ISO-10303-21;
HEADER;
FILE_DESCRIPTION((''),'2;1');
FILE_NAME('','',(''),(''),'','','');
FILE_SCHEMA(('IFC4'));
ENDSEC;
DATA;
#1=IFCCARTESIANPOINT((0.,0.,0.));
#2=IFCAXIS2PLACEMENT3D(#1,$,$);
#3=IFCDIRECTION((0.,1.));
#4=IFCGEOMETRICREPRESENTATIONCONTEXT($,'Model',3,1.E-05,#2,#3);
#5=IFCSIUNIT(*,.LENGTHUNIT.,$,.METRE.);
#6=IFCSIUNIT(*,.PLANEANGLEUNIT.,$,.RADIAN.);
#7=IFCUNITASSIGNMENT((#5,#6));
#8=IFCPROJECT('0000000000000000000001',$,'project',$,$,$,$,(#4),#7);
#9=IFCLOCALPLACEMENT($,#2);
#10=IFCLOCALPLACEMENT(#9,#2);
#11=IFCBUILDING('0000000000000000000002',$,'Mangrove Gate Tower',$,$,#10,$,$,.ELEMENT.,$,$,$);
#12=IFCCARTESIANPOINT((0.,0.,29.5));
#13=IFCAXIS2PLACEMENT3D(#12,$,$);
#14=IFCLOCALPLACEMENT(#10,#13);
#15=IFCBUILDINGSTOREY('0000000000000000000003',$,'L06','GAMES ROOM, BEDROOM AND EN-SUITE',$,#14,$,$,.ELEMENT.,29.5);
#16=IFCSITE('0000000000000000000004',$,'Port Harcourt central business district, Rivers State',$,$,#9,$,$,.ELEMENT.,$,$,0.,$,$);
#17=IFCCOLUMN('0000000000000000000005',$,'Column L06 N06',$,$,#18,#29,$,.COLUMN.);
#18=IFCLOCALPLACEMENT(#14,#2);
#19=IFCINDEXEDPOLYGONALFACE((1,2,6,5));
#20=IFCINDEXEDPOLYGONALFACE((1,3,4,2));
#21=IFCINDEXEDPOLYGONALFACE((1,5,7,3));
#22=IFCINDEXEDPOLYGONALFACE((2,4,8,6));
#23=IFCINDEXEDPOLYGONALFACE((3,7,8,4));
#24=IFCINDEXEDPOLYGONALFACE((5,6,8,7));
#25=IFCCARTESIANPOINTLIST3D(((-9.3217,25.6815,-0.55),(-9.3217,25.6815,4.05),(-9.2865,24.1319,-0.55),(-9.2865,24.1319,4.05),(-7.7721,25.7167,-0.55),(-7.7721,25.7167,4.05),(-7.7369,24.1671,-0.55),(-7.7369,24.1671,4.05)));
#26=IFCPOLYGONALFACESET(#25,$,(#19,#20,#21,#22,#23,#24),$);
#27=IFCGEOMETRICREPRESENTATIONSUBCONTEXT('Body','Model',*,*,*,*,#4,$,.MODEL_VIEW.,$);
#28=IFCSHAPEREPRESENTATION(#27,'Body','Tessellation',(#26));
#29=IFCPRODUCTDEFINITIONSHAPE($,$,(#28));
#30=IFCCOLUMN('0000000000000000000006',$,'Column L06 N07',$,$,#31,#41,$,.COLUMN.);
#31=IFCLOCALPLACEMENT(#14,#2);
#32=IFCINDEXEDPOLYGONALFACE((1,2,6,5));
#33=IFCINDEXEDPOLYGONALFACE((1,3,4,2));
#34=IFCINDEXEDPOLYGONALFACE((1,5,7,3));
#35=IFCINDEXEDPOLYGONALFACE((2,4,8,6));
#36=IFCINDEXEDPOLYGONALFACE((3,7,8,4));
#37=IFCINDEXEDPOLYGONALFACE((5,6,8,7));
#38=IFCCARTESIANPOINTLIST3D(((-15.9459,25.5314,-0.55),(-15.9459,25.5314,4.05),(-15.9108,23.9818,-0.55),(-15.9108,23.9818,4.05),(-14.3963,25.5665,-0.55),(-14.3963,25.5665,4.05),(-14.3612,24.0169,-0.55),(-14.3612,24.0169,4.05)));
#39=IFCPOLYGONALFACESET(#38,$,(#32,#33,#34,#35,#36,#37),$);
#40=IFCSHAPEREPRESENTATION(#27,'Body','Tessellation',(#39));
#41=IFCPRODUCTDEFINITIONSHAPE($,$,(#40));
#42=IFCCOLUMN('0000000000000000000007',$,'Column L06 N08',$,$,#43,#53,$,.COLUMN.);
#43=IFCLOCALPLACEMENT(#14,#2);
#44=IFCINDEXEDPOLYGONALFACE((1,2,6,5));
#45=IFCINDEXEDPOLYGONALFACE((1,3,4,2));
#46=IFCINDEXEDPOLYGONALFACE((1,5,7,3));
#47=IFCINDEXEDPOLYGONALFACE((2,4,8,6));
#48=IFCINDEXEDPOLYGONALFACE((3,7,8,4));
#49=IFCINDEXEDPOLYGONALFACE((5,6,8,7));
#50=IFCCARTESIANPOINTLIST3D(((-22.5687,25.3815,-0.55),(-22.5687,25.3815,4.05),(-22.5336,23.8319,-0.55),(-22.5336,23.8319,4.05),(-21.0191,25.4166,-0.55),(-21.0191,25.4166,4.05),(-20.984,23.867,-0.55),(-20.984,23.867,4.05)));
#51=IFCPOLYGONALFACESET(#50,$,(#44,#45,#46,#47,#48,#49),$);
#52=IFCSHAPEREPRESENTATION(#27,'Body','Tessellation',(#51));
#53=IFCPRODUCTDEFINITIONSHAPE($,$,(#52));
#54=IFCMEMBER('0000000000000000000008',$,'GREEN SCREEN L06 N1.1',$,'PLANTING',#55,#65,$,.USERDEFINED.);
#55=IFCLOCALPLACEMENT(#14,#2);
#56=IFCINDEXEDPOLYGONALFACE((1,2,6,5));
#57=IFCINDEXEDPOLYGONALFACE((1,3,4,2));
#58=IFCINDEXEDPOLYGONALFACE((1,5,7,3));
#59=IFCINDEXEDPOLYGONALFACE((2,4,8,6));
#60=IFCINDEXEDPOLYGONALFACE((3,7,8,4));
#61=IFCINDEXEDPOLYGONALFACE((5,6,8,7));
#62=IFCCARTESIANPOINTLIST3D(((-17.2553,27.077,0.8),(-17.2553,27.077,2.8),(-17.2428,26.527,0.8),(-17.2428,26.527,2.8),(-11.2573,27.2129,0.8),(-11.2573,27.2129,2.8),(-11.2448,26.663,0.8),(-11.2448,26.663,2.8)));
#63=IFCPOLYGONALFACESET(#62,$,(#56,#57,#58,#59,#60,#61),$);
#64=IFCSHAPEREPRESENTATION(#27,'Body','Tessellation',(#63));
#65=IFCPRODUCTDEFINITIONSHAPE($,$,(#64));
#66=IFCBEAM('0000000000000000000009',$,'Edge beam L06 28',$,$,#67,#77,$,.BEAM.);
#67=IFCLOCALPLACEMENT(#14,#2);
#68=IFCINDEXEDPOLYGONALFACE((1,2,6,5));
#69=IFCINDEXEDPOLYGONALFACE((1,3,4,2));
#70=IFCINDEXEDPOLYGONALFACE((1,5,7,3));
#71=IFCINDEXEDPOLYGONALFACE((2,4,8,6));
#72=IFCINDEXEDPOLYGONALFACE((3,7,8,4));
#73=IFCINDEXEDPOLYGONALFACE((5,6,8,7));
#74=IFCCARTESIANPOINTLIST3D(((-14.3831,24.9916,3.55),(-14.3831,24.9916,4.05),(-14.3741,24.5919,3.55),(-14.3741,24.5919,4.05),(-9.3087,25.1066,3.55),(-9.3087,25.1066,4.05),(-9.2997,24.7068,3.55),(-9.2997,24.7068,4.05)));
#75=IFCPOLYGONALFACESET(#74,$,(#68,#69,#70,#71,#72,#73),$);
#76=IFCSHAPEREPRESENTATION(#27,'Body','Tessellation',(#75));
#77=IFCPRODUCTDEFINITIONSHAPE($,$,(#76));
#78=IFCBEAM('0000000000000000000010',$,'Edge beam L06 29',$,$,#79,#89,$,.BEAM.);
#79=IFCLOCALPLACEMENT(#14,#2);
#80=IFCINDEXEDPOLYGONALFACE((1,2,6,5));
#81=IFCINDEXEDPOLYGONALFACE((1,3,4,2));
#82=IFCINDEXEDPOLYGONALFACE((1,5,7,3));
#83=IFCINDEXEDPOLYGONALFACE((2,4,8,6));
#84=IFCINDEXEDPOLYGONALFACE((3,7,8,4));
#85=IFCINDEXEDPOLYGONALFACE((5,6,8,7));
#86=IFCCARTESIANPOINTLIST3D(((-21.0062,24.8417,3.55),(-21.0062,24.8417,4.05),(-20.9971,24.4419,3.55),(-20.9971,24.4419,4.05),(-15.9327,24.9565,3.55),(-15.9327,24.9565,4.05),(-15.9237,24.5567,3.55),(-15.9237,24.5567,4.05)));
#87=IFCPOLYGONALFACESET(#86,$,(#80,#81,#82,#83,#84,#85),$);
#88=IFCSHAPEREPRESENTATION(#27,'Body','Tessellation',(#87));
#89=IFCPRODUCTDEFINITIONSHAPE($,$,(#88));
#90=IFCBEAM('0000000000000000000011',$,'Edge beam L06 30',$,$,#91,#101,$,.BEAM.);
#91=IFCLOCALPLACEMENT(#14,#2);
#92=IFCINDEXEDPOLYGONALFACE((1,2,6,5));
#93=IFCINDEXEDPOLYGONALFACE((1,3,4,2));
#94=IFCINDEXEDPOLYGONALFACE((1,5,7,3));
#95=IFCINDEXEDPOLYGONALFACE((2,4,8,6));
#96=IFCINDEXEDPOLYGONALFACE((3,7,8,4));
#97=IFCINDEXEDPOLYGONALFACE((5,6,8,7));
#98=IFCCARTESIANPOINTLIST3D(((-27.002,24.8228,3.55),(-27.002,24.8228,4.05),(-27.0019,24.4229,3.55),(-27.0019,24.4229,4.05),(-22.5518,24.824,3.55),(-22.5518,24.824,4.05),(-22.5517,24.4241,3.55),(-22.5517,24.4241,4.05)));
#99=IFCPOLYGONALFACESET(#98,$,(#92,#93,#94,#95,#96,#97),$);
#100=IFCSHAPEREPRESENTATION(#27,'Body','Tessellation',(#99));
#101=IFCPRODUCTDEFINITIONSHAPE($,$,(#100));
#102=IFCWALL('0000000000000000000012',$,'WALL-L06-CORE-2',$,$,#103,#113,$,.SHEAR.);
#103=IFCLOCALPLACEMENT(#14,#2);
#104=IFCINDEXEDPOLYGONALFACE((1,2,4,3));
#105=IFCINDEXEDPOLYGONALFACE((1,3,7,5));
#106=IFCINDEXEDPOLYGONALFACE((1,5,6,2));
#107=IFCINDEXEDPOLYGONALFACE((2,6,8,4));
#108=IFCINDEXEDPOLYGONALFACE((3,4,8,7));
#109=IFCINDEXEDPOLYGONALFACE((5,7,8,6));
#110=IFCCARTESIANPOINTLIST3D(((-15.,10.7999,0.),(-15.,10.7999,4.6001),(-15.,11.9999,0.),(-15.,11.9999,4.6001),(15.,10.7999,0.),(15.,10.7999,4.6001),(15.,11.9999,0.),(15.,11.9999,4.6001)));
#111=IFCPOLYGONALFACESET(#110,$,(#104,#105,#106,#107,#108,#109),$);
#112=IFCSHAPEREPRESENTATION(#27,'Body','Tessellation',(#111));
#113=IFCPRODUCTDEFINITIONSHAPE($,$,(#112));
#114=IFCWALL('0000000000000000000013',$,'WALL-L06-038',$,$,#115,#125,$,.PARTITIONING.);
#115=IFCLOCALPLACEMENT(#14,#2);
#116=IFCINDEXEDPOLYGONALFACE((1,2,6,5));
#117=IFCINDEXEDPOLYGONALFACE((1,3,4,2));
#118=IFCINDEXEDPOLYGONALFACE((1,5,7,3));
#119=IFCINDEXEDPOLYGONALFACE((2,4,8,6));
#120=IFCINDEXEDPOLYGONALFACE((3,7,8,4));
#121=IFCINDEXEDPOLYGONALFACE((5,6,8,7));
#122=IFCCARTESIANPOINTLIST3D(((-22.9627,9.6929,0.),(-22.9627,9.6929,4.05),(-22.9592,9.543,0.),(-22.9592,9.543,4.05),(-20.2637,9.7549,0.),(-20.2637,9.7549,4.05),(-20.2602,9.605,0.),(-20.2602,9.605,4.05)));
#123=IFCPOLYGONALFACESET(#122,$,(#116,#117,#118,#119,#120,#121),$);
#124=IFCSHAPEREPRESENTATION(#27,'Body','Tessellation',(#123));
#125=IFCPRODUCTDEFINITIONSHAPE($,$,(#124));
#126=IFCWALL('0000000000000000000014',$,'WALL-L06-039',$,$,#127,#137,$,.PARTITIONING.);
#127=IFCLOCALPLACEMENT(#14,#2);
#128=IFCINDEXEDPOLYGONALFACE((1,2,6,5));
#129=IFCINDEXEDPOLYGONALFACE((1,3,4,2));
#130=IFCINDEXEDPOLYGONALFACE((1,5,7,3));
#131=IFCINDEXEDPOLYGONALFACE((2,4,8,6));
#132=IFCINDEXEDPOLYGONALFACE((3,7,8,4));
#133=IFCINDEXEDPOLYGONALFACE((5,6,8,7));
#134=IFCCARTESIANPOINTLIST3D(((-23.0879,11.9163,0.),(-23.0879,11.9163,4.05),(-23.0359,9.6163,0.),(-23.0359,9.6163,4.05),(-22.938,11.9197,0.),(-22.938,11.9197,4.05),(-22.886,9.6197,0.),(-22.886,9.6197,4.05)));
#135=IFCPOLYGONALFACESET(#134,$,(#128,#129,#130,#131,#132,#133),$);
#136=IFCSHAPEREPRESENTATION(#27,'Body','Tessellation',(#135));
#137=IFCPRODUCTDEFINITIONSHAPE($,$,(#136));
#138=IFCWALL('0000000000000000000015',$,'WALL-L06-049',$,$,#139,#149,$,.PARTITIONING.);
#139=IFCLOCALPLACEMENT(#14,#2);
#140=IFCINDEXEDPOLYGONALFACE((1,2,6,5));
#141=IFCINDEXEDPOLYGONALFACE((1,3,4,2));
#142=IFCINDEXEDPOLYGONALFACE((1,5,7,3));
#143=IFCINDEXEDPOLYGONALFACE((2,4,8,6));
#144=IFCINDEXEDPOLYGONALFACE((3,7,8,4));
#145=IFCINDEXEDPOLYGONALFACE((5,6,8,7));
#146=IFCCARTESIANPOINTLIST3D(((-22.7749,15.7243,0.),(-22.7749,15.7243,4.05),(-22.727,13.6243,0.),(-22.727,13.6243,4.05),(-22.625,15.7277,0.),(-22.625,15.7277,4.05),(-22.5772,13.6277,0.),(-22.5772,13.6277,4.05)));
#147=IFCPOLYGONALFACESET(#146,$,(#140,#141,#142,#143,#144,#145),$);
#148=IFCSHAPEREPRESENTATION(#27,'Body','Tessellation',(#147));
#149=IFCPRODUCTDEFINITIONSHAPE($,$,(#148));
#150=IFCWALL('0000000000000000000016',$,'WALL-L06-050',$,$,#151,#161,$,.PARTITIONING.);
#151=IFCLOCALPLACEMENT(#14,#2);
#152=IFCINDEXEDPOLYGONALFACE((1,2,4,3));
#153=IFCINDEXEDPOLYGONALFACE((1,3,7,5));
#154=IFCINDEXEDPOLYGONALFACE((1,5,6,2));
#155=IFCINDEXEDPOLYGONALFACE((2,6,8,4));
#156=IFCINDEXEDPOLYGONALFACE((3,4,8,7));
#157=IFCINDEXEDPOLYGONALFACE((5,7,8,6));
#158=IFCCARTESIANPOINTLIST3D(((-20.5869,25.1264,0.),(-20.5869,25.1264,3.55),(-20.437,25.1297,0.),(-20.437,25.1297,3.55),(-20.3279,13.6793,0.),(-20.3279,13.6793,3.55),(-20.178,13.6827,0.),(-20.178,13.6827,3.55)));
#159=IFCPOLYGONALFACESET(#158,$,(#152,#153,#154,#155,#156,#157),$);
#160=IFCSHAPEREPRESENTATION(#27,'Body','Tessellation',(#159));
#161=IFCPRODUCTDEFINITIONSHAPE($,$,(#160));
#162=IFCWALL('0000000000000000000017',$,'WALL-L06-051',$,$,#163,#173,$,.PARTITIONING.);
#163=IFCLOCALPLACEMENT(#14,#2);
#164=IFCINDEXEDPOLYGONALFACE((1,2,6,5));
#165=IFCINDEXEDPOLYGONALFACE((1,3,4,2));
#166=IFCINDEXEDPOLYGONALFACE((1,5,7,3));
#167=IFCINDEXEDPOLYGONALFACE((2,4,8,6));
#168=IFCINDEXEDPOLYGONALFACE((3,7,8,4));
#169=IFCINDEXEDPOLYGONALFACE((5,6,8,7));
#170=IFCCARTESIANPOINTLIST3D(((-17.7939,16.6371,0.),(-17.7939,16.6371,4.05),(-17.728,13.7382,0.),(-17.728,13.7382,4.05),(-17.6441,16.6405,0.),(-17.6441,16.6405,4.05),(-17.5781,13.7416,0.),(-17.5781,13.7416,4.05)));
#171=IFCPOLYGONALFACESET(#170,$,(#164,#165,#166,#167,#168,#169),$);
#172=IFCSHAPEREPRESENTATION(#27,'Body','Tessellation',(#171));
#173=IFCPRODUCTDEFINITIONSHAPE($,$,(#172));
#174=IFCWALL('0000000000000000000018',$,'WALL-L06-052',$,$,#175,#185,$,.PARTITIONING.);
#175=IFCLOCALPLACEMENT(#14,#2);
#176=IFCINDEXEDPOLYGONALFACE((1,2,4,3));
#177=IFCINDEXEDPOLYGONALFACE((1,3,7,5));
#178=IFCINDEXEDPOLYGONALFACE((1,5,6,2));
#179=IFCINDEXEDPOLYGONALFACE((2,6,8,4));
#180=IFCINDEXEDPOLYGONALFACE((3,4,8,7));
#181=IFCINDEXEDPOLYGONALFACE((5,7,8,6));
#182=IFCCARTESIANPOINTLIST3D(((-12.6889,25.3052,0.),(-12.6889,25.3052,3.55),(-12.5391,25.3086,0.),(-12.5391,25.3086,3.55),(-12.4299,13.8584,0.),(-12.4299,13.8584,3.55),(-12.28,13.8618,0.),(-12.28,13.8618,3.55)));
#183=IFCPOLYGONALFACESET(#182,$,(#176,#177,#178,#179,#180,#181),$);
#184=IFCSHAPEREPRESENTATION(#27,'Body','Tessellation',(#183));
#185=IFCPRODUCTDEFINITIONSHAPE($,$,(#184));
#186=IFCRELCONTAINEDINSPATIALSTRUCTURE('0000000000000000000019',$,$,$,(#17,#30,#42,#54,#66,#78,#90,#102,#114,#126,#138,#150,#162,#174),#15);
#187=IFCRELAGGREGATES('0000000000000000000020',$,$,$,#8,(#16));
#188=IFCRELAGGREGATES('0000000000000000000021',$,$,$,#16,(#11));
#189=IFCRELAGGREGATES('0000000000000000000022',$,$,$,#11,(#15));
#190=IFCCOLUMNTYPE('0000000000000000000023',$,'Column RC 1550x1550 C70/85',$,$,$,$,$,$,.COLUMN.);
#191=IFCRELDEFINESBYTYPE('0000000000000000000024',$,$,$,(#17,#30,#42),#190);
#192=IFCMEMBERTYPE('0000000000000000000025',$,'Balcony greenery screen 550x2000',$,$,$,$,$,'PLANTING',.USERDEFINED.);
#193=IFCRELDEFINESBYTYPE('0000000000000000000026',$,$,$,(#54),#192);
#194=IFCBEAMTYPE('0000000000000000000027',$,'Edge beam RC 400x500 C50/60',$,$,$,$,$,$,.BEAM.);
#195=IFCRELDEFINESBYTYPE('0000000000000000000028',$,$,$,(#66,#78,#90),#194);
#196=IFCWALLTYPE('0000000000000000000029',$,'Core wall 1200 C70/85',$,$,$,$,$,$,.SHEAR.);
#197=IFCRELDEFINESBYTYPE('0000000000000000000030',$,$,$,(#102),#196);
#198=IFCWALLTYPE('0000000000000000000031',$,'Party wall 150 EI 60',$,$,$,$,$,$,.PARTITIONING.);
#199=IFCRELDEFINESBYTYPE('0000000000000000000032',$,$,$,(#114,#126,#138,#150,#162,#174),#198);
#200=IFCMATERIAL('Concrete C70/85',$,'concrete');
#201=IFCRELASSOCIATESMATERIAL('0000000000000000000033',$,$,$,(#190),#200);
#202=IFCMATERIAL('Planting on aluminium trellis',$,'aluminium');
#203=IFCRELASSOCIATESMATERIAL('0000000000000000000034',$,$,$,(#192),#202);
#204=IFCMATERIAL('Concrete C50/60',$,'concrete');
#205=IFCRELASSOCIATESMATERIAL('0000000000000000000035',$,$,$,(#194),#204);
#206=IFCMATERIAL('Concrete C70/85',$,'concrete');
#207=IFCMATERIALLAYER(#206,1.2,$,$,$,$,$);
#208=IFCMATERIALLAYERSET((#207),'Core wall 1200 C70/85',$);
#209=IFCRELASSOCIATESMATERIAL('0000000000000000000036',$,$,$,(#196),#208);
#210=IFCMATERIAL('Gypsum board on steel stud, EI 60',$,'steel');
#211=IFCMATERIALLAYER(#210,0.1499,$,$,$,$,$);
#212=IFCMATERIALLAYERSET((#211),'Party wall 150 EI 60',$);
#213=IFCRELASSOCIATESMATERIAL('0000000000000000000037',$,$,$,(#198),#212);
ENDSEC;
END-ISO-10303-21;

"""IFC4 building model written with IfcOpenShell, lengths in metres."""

from ifc_helpers import new_model, si_unit, direction, frame, frame_2d, origin, origin_2d, place, context, subcontext, project, spatial, rectangle, extrude, material, layer, layer_set, material_profile, profile_set, type_object, element, save


model = new_model("IFC4")

# Units and contexts
model_context = context("Model", 3, precision=1e-05, world=origin(), true_north=direction((0.0, 1.0)))
body_context = subcontext(model_context, "Body", "Model", "MODEL_VIEW")
ifc_project = project(units=[si_unit("LENGTHUNIT", "METRE"), si_unit("PLANEANGLEUNIT", "RADIAN")], contexts=[model_context])

# Site, building, storey
site_placement = place(None, origin())
site = spatial("IfcSite", under=ifc_project, at=site_placement, Name="Port Harcourt central business district, Rivers State", CompositionType="ELEMENT", RefElevation=0.0)
building_placement = place(site_placement, origin())
building = spatial("IfcBuilding", under=site, at=building_placement, Name="Mangrove Gate Tower", CompositionType="ELEMENT")
storey_placement = place(building_placement, frame((0.0, 0.0, 29.5)))
storey = spatial("IfcBuildingStorey", under=building, at=storey_placement, Name="L06", Description="GAMES ROOM, BEDROOM AND EN-SUITE", CompositionType="ELEMENT", Elevation=29.5)

# Columns
ifc_material_1 = material(Name="Concrete C70/85", Category="concrete")
ifc_material_profile_1 = material_profile(ifc_material_1, rectangle(XDim=1.55, YDim=1.55, at=origin_2d()))
ifc_profile_set_1 = profile_set([ifc_material_profile_1], Name="Concrete C70/85")
column_type = type_object("IfcColumnType", Name="Column RC 1550x1550 C70/85", PredefinedType="COLUMN", material=ifc_profile_set_1)
for number, where, z_axis, x_axis, name in (
    (1, (-8.5293, 24.9243, -0.55), (0.0, 0.0, 1.0), (-0.999742, -0.022716, 0.0), "Column L06 N06"),
    (2, (-15.1536, 24.7742, -0.55), (0.0, 0.0, 1.0), (-0.999744, -0.022641, 0.0), "Column L06 N07"),
    (3, (-21.7764, 24.6243, -0.55), (0.0, 0.0, 1.0), (-0.999744, -0.022643, 0.0), "Column L06 N08"),
):
    element("IfcColumn", number, at=place(storey_placement, frame(where, z_axis=z_axis, x_axis=x_axis)), inside=storey, type_object=column_type, Name=name, PredefinedType="COLUMN", context=body_context, shape_type="SweptSolid", body=[
        extrude(rectangle(XDim=1.55, YDim=1.55, at=origin_2d()), origin(), (0.0, 0.0, 1.0), 4.6001),
    ])

# Member
ifc_material_2 = material(Name="Planting on aluminium trellis", Category="aluminium")
ifc_material_profile_2 = material_profile(ifc_material_2, rectangle(XDim=0.55, YDim=2.0, at=origin_2d()))
ifc_profile_set_2 = profile_set([ifc_material_profile_2], Name="Planting on aluminium trellis")
member_type = type_object("IfcMemberType", Name="Balcony greenery screen 550x2000", ElementType="PLANTING", PredefinedType="USERDEFINED", material=ifc_profile_set_2)
member_placement = place(storey_placement, frame((-17.249, 26.802, 1.8), z_axis=(0.999743, 0.022666, 0.0), x_axis=(-0.022666, 0.999743, 0.0)))
element("IfcMember", 4, at=member_placement, inside=storey, type_object=member_type, Name="GREEN SCREEN L06 N1.1", ObjectType="PLANTING", PredefinedType="USERDEFINED", context=body_context, shape_type="SweptSolid", body=[
    extrude(rectangle(XDim=0.55, YDim=2.0, at=origin_2d()), origin(), (0.0, 0.0, 1.0), 5.9995),
])

# Beams
ifc_material_3 = material(Name="Concrete C50/60", Category="concrete")
ifc_material_profile_3 = material_profile(ifc_material_3, rectangle(XDim=0.3999, YDim=0.5, at=origin_2d()))
ifc_profile_set_3 = profile_set([ifc_material_profile_3], Name="Concrete C50/60")
beam_type = type_object("IfcBeamType", Name="Edge beam RC 400x500 C50/60", PredefinedType="BEAM", material=ifc_profile_set_3)
beam_1_placement = place(storey_placement, frame((-9.3042, 24.9067, 3.8), z_axis=(-0.999743, -0.022655, 0.0), x_axis=(0.022655, -0.999743, 0.0)))
element("IfcBeam", 5, at=beam_1_placement, inside=storey, type_object=beam_type, Name="Edge beam L06 28", PredefinedType="BEAM", context=body_context, shape_type="SweptSolid", body=[
    extrude(rectangle(XDim=0.3999, YDim=0.5, at=origin_2d()), origin(), (0.0, 0.0, 1.0), 5.0757),
])
beam_2_placement = place(storey_placement, frame((-15.9282, 24.7566, 3.8), z_axis=(-0.999744, -0.022611, 0.0), x_axis=(0.022611, -0.999744, 0.0)))
element("IfcBeam", 6, at=beam_2_placement, inside=storey, type_object=beam_type, Name="Edge beam L06 29", PredefinedType="BEAM", context=body_context, shape_type="SweptSolid", body=[
    extrude(rectangle(XDim=0.3999, YDim=0.5, at=origin_2d()), origin(), (0.0, 0.0, 1.0), 5.0747),
])
beam_3_placement = place(storey_placement, frame((-22.5518, 24.624, 3.8), z_axis=(-1.0, -0.000274, 0.0), x_axis=(0.000274, -1.0, 0.0)))
element("IfcBeam", 7, at=beam_3_placement, inside=storey, type_object=beam_type, Name="Edge beam L06 30", PredefinedType="BEAM", context=body_context, shape_type="SweptSolid", body=[
    extrude(rectangle(XDim=0.3999, YDim=0.5, at=origin_2d()), origin(), (0.0, 0.0, 1.0), 4.4502),
])

# Walls
ifc_material_4 = material(Name="Concrete C70/85", Category="concrete")
ifc_layer_1 = layer(ifc_material_4, 1.2)
ifc_layer_set_1 = layer_set([ifc_layer_1], Name="Core wall 1200 C70/85")
wall_type_1 = type_object("IfcWallType", Name="Core wall 1200 C70/85", PredefinedType="SHEAR", material=ifc_layer_set_1)
wall_1_placement = place(storey_placement, frame((-15.0, 11.3999, 0.0), z_axis=(0.0, 0.0, 1.0), x_axis=(1.0, 0.0, 0.0)))
element("IfcWall", 8, at=wall_1_placement, inside=storey, type_object=wall_type_1, Name="WALL-L06-CORE-2", PredefinedType="SHEAR", context=body_context, shape_type="SweptSolid", body=[
    extrude(rectangle(XDim=30.0, YDim=1.2, at=frame_2d((15.0, 0.0))), origin(), (0.0, 0.0, 1.0), 4.6001),
])
ifc_material_5 = material(Name="Gypsum board on steel stud, EI 60", Category="steel")
ifc_layer_2 = layer(ifc_material_5, 0.1499)
ifc_layer_set_2 = layer_set([ifc_layer_2], Name="Party wall 150 EI 60")
wall_type_2 = type_object("IfcWallType", Name="Party wall 150 EI 60", PredefinedType="PARTITIONING", material=ifc_layer_set_2)
wall_2_placement = place(storey_placement, frame((-22.9609, 9.6179, 0.0), z_axis=(0.0, 0.0, 1.0), x_axis=(0.999736, 0.02297, 0.0)))
element("IfcWall", 9, at=wall_2_placement, inside=storey, type_object=wall_type_2, Name="WALL-L06-038", PredefinedType="PARTITIONING", context=body_context, shape_type="SweptSolid", body=[
    extrude(rectangle(XDim=2.6997, YDim=0.1499, at=frame_2d((1.3499, 0.0))), origin(), (0.0, 0.0, 1.0), 4.05),
])
wall_3_placement = place(storey_placement, frame((-22.9609, 9.6179, 0.0), z_axis=(0.0, 0.0, 1.0), x_axis=(-0.022603, 0.999745, 0.0)))
element("IfcWall", 10, at=wall_3_placement, inside=storey, type_object=wall_type_2, Name="WALL-L06-039", PredefinedType="PARTITIONING", context=body_context, shape_type="SweptSolid", body=[
    extrude(rectangle(XDim=2.3005, YDim=0.1499, at=frame_2d((1.1504, 0.0))), origin(), (0.0, 0.0, 1.0), 4.05),
])
wall_4_placement = place(storey_placement, frame((-22.6521, 13.626, 0.0), z_axis=(0.0, 0.0, 1.0), x_axis=(-0.022779, 0.999741, 0.0)))
element("IfcWall", 11, at=wall_4_placement, inside=storey, type_object=wall_type_2, Name="WALL-L06-049", PredefinedType="PARTITIONING", context=body_context, shape_type="SweptSolid", body=[
    extrude(rectangle(XDim=2.1006, YDim=0.1499, at=frame_2d((1.0503, 0.0))), origin(), (0.0, 0.0, 1.0), 4.05),
])
wall_5_placement = place(storey_placement, frame((-20.2529, 13.6809, 0.0), z_axis=(0.0, 0.0, 1.0), x_axis=(-0.022623, 0.999744, 0.0)))
element("IfcWall", 12, at=wall_5_placement, inside=storey, type_object=wall_type_2, Name="WALL-L06-050", PredefinedType="PARTITIONING", context=body_context, shape_type="SweptSolid", body=[
    extrude(rectangle(XDim=11.45, YDim=0.1499, at=frame_2d((5.7251, 0.0))), origin(), (0.0, 0.0, 1.0), 3.55),
])
wall_6_placement = place(storey_placement, frame((-17.6531, 13.74, 0.0), z_axis=(0.0, 0.0, 1.0), x_axis=(-0.022733, 0.999742, 0.0)))
element("IfcWall", 13, at=wall_6_placement, inside=storey, type_object=wall_type_2, Name="WALL-L06-051", PredefinedType="PARTITIONING", context=body_context, shape_type="SweptSolid", body=[
    extrude(rectangle(XDim=2.8997, YDim=0.1499, at=frame_2d((1.4497, 0.0))), origin(), (0.0, 0.0, 1.0), 4.05),
])
wall_7_placement = place(storey_placement, frame((-12.355, 13.8601, 0.0), z_axis=(0.0, 0.0, 1.0), x_axis=(-0.022624, 0.999744, 0.0)))
element("IfcWall", 14, at=wall_7_placement, inside=storey, type_object=wall_type_2, Name="WALL-L06-052", PredefinedType="PARTITIONING", context=body_context, shape_type="SweptSolid", body=[
    extrude(rectangle(XDim=11.4497, YDim=0.1499, at=frame_2d((5.7249, 0.0))), origin(), (0.0, 0.0, 1.0), 3.55),
])

save(model, "model.ifc")
